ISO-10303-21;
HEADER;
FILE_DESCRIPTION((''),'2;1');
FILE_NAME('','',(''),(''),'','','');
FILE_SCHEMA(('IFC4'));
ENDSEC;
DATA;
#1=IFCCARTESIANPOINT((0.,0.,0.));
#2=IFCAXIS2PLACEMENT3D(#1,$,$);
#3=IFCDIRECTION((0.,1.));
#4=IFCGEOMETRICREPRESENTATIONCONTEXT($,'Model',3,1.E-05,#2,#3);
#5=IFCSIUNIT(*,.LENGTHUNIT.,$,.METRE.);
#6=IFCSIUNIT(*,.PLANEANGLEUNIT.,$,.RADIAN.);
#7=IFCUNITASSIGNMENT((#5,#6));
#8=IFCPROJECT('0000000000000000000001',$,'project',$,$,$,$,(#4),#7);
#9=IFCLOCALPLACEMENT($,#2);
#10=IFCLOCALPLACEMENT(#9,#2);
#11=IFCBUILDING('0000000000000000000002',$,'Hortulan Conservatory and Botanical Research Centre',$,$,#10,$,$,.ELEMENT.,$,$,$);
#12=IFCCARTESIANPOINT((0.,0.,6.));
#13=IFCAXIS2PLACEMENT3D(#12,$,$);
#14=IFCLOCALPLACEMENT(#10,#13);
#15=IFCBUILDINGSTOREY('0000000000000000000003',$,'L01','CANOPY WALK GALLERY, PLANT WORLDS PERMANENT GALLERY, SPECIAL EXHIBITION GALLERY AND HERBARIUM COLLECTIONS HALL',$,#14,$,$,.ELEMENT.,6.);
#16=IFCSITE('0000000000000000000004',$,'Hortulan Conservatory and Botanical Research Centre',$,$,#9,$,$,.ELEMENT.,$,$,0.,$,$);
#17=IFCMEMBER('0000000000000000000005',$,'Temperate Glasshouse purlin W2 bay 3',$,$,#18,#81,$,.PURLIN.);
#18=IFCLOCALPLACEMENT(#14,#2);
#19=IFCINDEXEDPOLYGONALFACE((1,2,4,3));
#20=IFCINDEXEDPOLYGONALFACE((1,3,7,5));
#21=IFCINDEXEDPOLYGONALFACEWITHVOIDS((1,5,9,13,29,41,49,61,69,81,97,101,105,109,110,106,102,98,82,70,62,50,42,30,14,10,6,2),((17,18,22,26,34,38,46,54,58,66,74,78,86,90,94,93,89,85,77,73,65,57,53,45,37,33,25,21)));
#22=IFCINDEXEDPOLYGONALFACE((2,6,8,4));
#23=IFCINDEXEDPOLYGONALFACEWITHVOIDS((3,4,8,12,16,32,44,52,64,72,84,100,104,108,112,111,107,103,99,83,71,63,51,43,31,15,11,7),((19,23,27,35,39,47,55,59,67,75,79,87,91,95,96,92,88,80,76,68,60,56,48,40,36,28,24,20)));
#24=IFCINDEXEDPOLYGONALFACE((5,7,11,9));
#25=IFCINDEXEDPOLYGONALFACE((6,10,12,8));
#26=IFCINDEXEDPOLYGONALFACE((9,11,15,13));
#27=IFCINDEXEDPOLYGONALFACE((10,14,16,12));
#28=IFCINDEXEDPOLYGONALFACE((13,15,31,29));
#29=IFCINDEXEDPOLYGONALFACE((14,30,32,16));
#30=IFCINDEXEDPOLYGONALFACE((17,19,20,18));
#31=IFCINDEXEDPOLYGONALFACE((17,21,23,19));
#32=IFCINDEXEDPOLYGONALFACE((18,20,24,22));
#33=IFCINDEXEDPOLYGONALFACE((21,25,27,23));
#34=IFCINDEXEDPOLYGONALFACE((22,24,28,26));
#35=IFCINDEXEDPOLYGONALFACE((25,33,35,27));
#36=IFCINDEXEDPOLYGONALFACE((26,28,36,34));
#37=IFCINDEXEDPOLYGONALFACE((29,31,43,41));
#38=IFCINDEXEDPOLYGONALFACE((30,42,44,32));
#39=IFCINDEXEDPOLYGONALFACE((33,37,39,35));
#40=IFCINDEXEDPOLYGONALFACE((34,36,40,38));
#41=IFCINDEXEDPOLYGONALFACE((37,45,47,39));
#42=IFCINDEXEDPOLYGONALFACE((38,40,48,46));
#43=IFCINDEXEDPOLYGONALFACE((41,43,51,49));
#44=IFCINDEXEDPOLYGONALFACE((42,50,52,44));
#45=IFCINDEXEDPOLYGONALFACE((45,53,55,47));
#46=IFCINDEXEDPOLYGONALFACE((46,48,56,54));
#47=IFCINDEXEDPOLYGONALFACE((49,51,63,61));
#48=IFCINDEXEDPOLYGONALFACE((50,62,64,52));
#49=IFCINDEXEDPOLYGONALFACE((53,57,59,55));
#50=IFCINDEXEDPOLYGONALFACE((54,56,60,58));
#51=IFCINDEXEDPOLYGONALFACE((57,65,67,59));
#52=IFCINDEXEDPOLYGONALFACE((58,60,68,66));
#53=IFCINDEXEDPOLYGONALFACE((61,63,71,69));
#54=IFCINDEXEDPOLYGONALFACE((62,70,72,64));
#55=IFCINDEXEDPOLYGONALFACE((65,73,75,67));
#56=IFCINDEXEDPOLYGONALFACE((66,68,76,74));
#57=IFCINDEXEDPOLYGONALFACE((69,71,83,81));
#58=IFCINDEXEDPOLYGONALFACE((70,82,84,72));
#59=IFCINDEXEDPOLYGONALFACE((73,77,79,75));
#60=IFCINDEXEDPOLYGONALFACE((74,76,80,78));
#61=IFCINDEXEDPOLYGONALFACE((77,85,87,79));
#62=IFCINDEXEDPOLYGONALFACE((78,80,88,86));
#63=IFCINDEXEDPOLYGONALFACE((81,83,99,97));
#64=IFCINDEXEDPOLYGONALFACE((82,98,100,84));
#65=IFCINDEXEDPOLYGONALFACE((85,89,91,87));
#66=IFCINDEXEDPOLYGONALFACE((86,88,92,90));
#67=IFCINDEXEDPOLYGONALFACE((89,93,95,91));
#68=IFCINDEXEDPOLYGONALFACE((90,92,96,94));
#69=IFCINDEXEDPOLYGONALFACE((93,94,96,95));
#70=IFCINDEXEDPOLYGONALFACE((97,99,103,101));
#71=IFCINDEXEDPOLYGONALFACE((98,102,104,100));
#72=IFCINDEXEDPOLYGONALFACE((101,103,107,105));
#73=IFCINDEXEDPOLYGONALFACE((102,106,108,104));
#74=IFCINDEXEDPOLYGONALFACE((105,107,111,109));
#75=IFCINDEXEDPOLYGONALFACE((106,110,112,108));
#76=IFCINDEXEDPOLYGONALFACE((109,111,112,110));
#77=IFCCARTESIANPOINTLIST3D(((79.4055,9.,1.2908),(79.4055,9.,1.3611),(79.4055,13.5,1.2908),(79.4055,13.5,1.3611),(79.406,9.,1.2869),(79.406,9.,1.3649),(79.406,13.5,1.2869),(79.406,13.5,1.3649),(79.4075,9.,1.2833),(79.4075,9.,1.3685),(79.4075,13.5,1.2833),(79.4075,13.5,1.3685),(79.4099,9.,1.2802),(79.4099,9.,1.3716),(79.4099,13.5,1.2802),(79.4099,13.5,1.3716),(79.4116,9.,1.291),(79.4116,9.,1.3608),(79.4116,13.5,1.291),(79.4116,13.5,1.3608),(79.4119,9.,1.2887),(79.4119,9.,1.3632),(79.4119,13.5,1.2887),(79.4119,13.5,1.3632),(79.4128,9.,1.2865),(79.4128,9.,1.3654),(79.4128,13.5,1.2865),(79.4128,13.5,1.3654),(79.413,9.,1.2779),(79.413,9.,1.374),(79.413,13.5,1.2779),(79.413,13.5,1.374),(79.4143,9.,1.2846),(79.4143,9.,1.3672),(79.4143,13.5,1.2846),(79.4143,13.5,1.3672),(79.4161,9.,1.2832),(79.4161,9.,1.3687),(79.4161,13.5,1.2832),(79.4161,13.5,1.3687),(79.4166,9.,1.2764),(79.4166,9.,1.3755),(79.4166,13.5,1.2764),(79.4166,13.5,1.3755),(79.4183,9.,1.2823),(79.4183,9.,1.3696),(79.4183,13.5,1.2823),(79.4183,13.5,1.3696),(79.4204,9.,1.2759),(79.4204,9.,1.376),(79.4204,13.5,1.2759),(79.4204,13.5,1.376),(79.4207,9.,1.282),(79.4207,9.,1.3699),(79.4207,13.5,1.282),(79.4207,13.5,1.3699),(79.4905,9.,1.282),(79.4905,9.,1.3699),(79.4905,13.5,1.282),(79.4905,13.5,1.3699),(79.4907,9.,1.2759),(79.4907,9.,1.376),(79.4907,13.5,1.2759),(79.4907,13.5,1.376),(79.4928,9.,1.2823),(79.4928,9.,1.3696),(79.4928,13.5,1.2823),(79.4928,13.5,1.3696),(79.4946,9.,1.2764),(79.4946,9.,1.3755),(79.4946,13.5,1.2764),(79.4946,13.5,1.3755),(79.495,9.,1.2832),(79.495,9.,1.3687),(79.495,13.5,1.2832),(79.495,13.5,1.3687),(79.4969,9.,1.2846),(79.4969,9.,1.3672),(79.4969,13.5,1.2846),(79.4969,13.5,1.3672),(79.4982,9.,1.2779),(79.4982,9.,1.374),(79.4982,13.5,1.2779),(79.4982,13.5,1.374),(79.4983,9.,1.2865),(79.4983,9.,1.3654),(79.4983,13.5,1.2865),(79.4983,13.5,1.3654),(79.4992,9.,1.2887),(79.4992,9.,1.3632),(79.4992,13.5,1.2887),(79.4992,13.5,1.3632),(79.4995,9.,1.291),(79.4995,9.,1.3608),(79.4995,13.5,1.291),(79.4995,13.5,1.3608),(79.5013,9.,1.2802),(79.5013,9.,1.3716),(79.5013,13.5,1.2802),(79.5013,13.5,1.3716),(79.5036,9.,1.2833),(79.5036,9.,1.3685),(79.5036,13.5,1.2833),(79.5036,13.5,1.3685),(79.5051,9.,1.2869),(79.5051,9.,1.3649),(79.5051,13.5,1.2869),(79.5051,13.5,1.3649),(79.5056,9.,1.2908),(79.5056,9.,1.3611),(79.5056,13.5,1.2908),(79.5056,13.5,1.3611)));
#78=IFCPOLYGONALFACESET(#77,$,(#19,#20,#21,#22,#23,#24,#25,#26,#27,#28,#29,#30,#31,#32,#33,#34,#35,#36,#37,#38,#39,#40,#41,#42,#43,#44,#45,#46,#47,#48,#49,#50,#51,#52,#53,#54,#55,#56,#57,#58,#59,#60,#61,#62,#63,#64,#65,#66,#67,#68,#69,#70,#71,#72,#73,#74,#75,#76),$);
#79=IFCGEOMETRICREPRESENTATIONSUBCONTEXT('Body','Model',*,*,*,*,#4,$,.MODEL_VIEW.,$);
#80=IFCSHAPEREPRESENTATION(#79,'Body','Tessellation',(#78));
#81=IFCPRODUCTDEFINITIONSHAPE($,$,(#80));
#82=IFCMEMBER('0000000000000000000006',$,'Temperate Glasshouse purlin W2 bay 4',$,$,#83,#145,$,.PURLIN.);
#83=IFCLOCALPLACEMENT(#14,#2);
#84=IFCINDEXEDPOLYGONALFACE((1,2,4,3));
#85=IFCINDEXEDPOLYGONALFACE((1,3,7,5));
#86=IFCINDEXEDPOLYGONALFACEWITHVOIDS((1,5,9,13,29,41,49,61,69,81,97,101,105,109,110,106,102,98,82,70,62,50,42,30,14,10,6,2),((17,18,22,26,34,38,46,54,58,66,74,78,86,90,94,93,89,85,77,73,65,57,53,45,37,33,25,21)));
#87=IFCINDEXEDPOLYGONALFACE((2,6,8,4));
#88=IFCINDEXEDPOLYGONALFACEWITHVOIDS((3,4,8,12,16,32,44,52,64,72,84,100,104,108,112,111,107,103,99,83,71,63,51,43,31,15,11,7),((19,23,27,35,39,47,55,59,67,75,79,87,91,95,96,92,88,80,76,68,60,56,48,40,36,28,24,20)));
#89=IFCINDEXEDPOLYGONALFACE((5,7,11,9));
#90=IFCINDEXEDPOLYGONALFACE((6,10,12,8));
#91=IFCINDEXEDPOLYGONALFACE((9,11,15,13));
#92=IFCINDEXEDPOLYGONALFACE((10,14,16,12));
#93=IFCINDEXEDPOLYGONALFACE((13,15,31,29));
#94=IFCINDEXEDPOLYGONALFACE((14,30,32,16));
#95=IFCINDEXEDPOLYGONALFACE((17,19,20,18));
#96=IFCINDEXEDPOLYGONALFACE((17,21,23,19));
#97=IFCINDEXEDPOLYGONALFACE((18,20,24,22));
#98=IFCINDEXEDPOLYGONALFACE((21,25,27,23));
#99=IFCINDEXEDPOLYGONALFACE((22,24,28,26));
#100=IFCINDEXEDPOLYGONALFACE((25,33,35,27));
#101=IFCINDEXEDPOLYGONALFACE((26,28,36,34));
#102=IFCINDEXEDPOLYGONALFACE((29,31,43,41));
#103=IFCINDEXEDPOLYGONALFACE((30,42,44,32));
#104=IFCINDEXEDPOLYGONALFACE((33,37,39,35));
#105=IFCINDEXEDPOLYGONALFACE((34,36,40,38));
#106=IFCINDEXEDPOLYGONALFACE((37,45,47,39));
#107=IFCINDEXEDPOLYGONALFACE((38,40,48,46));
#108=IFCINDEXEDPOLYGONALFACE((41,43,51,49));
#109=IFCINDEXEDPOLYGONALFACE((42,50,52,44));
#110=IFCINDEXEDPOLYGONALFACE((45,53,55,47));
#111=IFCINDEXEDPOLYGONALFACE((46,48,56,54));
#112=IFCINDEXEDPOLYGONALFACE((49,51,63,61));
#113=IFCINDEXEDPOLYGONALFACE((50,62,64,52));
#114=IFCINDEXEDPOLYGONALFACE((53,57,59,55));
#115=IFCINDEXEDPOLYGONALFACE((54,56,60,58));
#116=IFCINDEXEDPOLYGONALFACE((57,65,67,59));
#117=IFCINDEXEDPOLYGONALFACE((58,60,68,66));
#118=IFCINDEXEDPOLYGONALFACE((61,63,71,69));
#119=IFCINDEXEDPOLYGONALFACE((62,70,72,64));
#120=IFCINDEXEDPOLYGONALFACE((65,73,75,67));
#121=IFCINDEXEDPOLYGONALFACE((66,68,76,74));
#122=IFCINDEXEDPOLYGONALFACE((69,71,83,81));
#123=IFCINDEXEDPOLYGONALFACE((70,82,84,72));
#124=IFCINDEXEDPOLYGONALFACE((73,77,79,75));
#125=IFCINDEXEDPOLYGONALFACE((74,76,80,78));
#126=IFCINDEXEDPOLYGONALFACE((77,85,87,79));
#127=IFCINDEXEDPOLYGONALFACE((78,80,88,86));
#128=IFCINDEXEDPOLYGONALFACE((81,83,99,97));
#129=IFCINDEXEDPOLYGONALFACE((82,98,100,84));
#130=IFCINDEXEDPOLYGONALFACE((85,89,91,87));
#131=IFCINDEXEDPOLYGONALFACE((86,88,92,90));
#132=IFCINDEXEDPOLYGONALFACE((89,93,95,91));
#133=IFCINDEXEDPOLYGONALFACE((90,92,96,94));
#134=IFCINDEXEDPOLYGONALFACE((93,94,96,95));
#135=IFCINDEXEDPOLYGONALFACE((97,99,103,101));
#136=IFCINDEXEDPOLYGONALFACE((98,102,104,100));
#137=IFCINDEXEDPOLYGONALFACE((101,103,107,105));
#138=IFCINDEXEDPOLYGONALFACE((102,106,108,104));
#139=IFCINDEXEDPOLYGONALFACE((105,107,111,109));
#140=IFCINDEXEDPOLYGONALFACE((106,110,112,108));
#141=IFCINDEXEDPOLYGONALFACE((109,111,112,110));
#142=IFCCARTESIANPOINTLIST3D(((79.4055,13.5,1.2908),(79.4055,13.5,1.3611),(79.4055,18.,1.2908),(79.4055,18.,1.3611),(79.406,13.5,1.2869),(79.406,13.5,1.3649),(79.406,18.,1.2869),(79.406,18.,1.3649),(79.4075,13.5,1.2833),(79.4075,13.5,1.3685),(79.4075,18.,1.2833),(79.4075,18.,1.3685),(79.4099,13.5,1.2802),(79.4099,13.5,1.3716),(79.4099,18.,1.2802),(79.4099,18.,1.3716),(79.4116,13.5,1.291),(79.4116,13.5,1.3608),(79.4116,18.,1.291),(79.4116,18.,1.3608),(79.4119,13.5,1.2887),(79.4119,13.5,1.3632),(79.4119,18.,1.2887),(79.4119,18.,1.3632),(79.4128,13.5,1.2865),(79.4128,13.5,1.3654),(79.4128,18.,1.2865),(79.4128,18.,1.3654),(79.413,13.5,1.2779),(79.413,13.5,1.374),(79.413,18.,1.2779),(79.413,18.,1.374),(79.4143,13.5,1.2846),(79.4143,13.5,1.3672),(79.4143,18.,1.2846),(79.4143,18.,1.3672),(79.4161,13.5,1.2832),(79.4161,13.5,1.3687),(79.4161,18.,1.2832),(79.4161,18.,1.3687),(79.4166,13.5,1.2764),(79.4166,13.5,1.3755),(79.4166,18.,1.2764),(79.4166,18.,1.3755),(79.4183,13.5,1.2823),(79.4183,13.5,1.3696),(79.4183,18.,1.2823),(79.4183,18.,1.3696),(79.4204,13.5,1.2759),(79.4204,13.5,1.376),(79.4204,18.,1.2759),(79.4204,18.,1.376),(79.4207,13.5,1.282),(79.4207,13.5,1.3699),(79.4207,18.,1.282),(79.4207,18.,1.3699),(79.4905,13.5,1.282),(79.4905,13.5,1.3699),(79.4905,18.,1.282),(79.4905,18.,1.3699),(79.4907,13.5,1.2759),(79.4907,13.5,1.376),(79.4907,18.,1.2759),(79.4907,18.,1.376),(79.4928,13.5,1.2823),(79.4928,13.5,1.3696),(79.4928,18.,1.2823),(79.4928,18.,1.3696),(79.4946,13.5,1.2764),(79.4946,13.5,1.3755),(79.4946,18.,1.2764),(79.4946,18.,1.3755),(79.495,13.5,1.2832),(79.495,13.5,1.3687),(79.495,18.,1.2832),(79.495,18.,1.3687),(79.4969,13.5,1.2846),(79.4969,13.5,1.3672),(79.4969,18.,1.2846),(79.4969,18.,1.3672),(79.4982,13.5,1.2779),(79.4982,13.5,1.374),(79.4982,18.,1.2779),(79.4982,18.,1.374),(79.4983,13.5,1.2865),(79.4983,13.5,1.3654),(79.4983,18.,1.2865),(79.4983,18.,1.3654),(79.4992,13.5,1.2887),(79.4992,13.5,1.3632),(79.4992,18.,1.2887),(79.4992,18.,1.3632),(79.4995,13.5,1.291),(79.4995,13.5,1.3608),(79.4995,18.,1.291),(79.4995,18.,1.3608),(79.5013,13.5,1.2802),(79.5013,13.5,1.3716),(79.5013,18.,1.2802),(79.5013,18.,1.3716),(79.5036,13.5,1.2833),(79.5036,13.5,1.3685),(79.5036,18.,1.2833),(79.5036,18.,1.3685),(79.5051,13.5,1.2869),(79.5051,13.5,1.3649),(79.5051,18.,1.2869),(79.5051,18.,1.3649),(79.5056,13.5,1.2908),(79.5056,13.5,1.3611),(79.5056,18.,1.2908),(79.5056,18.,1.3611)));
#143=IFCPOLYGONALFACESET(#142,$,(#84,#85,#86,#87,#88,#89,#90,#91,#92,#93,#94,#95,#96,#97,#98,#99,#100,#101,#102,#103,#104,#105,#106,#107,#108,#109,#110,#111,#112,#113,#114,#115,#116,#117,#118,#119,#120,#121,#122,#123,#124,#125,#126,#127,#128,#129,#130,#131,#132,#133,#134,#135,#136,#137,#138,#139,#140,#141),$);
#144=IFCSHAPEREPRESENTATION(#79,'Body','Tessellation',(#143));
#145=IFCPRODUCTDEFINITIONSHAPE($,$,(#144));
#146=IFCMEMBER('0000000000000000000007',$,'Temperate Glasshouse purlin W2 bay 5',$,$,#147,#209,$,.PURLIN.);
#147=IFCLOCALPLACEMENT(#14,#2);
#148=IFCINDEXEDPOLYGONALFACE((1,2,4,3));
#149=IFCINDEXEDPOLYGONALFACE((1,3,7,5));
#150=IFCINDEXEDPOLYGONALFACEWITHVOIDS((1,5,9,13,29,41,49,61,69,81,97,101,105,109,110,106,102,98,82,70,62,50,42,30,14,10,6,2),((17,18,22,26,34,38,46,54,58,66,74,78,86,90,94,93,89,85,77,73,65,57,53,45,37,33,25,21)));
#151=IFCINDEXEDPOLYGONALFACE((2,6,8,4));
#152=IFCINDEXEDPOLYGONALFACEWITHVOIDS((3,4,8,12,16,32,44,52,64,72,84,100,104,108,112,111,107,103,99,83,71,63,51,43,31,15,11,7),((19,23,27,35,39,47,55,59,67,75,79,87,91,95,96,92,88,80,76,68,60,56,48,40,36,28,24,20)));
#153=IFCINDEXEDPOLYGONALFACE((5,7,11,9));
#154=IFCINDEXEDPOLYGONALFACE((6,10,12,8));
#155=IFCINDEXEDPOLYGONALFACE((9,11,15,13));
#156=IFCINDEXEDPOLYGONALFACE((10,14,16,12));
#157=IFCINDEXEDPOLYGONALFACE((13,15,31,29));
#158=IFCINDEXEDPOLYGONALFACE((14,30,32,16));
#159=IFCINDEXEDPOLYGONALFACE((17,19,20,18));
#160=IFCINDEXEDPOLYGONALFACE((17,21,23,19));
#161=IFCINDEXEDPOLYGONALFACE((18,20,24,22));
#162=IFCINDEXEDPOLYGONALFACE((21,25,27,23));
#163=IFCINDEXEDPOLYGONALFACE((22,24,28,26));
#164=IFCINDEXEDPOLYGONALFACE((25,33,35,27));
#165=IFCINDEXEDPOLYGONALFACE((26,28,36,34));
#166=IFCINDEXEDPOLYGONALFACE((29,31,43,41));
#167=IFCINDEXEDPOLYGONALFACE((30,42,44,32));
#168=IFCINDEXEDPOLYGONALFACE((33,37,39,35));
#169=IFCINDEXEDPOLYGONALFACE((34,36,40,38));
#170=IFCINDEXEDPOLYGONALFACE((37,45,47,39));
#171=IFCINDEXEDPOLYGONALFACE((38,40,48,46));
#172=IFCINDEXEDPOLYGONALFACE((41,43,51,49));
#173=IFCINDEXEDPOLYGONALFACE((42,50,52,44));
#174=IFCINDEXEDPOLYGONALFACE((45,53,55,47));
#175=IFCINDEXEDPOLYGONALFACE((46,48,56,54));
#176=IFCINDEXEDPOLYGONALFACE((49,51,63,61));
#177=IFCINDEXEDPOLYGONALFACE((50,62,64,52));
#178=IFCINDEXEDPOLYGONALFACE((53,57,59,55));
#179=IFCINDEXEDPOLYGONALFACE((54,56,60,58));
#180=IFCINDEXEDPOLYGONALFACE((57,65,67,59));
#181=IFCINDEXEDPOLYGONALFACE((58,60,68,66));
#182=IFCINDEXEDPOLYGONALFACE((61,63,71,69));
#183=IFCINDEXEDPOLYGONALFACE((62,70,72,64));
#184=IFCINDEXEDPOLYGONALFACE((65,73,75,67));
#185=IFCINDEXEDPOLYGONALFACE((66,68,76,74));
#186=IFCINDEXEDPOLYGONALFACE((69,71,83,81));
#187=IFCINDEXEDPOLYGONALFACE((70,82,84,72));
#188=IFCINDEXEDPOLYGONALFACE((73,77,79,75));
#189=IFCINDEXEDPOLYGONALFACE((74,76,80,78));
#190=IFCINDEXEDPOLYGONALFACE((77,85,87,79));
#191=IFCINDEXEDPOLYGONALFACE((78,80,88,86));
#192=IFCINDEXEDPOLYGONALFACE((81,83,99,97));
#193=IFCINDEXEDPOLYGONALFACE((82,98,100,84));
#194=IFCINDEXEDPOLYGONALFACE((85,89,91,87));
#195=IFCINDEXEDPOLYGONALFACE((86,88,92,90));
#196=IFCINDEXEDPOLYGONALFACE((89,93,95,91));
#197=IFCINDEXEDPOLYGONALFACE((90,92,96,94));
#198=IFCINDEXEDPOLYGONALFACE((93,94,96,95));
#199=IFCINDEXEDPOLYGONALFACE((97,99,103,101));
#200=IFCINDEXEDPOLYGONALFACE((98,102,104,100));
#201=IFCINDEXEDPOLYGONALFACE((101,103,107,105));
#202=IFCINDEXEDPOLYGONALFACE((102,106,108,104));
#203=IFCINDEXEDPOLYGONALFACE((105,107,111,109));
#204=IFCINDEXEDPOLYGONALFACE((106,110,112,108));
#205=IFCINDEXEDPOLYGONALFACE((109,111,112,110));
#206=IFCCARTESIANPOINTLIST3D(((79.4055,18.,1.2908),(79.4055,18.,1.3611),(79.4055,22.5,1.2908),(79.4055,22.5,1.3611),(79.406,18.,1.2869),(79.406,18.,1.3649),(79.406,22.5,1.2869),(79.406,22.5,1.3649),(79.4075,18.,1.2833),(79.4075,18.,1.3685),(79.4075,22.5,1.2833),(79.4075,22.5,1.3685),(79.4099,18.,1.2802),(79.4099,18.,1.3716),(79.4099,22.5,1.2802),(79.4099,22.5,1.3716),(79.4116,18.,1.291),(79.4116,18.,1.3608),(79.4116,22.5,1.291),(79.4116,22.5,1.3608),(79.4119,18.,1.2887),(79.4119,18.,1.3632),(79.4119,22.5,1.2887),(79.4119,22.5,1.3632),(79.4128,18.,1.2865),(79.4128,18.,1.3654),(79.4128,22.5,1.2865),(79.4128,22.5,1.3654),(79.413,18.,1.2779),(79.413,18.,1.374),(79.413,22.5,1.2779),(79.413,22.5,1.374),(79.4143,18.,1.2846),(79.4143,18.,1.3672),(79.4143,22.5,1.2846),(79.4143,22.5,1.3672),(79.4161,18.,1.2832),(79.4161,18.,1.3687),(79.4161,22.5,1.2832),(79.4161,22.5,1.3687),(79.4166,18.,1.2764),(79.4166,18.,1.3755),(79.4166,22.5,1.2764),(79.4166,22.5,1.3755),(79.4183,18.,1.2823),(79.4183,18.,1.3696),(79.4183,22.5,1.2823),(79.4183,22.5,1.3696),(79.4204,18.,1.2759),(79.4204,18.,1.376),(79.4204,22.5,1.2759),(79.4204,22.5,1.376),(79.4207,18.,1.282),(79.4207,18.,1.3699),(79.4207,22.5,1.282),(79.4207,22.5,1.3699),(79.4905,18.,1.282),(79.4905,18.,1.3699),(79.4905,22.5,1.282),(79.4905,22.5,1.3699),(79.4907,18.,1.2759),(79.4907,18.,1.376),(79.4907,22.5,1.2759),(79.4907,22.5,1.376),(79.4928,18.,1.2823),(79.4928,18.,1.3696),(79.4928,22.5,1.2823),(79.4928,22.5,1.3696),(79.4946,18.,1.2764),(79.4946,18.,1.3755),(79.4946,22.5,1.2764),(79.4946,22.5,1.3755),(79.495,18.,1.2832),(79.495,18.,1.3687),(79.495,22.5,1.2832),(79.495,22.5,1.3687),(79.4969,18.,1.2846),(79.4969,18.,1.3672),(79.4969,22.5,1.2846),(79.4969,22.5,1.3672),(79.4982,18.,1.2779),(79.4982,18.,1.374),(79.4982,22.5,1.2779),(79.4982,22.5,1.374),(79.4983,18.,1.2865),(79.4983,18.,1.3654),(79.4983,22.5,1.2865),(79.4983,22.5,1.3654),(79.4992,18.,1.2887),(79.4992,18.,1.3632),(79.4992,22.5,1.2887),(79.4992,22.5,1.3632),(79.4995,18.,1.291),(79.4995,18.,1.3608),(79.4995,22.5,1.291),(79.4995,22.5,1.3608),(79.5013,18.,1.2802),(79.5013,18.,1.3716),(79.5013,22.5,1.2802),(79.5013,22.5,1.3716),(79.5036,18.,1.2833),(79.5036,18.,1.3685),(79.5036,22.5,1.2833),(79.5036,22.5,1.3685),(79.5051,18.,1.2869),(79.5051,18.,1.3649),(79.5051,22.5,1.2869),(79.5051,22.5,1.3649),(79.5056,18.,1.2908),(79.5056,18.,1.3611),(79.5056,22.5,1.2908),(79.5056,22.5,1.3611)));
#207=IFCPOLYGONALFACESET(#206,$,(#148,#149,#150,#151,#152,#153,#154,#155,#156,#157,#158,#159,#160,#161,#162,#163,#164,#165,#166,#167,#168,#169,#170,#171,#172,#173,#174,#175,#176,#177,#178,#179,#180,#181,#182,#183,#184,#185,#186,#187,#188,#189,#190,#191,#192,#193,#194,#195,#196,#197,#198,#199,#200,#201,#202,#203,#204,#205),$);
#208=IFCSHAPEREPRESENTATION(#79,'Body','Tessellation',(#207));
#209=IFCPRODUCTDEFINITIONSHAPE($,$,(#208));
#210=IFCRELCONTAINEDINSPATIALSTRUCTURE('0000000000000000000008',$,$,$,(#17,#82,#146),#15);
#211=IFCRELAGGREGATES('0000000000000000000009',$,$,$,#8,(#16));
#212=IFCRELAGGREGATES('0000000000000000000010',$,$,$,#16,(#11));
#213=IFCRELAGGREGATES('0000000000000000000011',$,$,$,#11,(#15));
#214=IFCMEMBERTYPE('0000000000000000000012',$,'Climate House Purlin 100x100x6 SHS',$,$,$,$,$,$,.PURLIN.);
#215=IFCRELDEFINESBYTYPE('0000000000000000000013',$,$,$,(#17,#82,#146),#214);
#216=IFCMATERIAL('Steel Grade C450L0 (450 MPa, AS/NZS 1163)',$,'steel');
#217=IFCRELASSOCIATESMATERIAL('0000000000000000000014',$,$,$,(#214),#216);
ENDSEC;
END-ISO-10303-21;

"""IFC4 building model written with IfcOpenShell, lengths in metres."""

from ifc_helpers import new_model, si_unit, direction, frame, origin, origin_2d, place, context, subcontext, project, spatial, hollow_rectangle, extrude, material, material_profile, profile_set, type_object, element, save


model = new_model("IFC4")

# Units and contexts
model_context = context("Model", 3, precision=1e-05, world=origin(), true_north=direction((0.0, 1.0)))
body_context = subcontext(model_context, "Body", "Model", "MODEL_VIEW")
ifc_project = project(units=[si_unit("LENGTHUNIT", "METRE"), si_unit("PLANEANGLEUNIT", "RADIAN")], contexts=[model_context])

# Site, building, storey
site_placement = place(None, origin())
site = spatial("IfcSite", under=ifc_project, at=site_placement, Name="Hortulan Conservatory and Botanical Research Centre", CompositionType="ELEMENT", RefElevation=0.0)
building_placement = place(site_placement, origin())
building = spatial("IfcBuilding", under=site, at=building_placement, Name="Hortulan Conservatory and Botanical Research Centre", CompositionType="ELEMENT")
storey_placement = place(building_placement, frame((0.0, 0.0, 6.0)))
storey = spatial("IfcBuildingStorey", under=building, at=storey_placement, Name="L01", Description="CANOPY WALK GALLERY, PLANT WORLDS PERMANENT GALLERY, SPECIAL EXHIBITION GALLERY AND HERBARIUM COLLECTIONS HALL", CompositionType="ELEMENT", Elevation=6.0)

# Members
ifc_material_1 = material(Name="Steel Grade C450L0 (450 MPa, AS/NZS 1163)", Category="steel")
ifc_material_profile_1 = material_profile(ifc_material_1, hollow_rectangle(XDim=0.1001, YDim=0.1001, WallThickness=0.0061, InnerFilletRadius=0.009, OuterFilletRadius=0.0149, at=origin_2d()), Name="100x100x6SHS")
ifc_profile_set_1 = profile_set([ifc_material_profile_1], Name="Steel Grade C450L0 (450 MPa, AS/NZS 1163)")
member_type_1 = type_object("IfcMemberType", Name="Climate House Purlin 100x100x6 SHS", PredefinedType="PURLIN", material=ifc_profile_set_1)
for number, where, z_axis, x_axis, name in (
    (1, (79.4556, 9.0, 1.3259), (0.0, 1.0, 0.0), (-1.0, 0.0, 0.0), "Temperate Glasshouse purlin W2 bay 3"),
    (2, (79.4556, 13.5, 1.3259), (0.0, 1.0, 0.0), (-1.0, 0.0, 0.0), "Temperate Glasshouse purlin W2 bay 4"),
    (3, (79.4556, 18.0, 1.3259), (0.0, 1.0, 0.0), (-1.0, 0.0, 0.0), "Temperate Glasshouse purlin W2 bay 5"),
):
    element("IfcMember", number, at=place(storey_placement, frame(where, z_axis=z_axis, x_axis=x_axis)), inside=storey, type_object=member_type_1, Name=name, PredefinedType="PURLIN", context=body_context, shape_type="SweptSolid", body=[
        extrude(hollow_rectangle(XDim=0.1001, YDim=0.1001, WallThickness=0.0061, InnerFilletRadius=0.009, OuterFilletRadius=0.0149, at=origin_2d()), origin(), (0.0, 0.0, 1.0), 4.5),
    ])

save(model, "model.ifc")
